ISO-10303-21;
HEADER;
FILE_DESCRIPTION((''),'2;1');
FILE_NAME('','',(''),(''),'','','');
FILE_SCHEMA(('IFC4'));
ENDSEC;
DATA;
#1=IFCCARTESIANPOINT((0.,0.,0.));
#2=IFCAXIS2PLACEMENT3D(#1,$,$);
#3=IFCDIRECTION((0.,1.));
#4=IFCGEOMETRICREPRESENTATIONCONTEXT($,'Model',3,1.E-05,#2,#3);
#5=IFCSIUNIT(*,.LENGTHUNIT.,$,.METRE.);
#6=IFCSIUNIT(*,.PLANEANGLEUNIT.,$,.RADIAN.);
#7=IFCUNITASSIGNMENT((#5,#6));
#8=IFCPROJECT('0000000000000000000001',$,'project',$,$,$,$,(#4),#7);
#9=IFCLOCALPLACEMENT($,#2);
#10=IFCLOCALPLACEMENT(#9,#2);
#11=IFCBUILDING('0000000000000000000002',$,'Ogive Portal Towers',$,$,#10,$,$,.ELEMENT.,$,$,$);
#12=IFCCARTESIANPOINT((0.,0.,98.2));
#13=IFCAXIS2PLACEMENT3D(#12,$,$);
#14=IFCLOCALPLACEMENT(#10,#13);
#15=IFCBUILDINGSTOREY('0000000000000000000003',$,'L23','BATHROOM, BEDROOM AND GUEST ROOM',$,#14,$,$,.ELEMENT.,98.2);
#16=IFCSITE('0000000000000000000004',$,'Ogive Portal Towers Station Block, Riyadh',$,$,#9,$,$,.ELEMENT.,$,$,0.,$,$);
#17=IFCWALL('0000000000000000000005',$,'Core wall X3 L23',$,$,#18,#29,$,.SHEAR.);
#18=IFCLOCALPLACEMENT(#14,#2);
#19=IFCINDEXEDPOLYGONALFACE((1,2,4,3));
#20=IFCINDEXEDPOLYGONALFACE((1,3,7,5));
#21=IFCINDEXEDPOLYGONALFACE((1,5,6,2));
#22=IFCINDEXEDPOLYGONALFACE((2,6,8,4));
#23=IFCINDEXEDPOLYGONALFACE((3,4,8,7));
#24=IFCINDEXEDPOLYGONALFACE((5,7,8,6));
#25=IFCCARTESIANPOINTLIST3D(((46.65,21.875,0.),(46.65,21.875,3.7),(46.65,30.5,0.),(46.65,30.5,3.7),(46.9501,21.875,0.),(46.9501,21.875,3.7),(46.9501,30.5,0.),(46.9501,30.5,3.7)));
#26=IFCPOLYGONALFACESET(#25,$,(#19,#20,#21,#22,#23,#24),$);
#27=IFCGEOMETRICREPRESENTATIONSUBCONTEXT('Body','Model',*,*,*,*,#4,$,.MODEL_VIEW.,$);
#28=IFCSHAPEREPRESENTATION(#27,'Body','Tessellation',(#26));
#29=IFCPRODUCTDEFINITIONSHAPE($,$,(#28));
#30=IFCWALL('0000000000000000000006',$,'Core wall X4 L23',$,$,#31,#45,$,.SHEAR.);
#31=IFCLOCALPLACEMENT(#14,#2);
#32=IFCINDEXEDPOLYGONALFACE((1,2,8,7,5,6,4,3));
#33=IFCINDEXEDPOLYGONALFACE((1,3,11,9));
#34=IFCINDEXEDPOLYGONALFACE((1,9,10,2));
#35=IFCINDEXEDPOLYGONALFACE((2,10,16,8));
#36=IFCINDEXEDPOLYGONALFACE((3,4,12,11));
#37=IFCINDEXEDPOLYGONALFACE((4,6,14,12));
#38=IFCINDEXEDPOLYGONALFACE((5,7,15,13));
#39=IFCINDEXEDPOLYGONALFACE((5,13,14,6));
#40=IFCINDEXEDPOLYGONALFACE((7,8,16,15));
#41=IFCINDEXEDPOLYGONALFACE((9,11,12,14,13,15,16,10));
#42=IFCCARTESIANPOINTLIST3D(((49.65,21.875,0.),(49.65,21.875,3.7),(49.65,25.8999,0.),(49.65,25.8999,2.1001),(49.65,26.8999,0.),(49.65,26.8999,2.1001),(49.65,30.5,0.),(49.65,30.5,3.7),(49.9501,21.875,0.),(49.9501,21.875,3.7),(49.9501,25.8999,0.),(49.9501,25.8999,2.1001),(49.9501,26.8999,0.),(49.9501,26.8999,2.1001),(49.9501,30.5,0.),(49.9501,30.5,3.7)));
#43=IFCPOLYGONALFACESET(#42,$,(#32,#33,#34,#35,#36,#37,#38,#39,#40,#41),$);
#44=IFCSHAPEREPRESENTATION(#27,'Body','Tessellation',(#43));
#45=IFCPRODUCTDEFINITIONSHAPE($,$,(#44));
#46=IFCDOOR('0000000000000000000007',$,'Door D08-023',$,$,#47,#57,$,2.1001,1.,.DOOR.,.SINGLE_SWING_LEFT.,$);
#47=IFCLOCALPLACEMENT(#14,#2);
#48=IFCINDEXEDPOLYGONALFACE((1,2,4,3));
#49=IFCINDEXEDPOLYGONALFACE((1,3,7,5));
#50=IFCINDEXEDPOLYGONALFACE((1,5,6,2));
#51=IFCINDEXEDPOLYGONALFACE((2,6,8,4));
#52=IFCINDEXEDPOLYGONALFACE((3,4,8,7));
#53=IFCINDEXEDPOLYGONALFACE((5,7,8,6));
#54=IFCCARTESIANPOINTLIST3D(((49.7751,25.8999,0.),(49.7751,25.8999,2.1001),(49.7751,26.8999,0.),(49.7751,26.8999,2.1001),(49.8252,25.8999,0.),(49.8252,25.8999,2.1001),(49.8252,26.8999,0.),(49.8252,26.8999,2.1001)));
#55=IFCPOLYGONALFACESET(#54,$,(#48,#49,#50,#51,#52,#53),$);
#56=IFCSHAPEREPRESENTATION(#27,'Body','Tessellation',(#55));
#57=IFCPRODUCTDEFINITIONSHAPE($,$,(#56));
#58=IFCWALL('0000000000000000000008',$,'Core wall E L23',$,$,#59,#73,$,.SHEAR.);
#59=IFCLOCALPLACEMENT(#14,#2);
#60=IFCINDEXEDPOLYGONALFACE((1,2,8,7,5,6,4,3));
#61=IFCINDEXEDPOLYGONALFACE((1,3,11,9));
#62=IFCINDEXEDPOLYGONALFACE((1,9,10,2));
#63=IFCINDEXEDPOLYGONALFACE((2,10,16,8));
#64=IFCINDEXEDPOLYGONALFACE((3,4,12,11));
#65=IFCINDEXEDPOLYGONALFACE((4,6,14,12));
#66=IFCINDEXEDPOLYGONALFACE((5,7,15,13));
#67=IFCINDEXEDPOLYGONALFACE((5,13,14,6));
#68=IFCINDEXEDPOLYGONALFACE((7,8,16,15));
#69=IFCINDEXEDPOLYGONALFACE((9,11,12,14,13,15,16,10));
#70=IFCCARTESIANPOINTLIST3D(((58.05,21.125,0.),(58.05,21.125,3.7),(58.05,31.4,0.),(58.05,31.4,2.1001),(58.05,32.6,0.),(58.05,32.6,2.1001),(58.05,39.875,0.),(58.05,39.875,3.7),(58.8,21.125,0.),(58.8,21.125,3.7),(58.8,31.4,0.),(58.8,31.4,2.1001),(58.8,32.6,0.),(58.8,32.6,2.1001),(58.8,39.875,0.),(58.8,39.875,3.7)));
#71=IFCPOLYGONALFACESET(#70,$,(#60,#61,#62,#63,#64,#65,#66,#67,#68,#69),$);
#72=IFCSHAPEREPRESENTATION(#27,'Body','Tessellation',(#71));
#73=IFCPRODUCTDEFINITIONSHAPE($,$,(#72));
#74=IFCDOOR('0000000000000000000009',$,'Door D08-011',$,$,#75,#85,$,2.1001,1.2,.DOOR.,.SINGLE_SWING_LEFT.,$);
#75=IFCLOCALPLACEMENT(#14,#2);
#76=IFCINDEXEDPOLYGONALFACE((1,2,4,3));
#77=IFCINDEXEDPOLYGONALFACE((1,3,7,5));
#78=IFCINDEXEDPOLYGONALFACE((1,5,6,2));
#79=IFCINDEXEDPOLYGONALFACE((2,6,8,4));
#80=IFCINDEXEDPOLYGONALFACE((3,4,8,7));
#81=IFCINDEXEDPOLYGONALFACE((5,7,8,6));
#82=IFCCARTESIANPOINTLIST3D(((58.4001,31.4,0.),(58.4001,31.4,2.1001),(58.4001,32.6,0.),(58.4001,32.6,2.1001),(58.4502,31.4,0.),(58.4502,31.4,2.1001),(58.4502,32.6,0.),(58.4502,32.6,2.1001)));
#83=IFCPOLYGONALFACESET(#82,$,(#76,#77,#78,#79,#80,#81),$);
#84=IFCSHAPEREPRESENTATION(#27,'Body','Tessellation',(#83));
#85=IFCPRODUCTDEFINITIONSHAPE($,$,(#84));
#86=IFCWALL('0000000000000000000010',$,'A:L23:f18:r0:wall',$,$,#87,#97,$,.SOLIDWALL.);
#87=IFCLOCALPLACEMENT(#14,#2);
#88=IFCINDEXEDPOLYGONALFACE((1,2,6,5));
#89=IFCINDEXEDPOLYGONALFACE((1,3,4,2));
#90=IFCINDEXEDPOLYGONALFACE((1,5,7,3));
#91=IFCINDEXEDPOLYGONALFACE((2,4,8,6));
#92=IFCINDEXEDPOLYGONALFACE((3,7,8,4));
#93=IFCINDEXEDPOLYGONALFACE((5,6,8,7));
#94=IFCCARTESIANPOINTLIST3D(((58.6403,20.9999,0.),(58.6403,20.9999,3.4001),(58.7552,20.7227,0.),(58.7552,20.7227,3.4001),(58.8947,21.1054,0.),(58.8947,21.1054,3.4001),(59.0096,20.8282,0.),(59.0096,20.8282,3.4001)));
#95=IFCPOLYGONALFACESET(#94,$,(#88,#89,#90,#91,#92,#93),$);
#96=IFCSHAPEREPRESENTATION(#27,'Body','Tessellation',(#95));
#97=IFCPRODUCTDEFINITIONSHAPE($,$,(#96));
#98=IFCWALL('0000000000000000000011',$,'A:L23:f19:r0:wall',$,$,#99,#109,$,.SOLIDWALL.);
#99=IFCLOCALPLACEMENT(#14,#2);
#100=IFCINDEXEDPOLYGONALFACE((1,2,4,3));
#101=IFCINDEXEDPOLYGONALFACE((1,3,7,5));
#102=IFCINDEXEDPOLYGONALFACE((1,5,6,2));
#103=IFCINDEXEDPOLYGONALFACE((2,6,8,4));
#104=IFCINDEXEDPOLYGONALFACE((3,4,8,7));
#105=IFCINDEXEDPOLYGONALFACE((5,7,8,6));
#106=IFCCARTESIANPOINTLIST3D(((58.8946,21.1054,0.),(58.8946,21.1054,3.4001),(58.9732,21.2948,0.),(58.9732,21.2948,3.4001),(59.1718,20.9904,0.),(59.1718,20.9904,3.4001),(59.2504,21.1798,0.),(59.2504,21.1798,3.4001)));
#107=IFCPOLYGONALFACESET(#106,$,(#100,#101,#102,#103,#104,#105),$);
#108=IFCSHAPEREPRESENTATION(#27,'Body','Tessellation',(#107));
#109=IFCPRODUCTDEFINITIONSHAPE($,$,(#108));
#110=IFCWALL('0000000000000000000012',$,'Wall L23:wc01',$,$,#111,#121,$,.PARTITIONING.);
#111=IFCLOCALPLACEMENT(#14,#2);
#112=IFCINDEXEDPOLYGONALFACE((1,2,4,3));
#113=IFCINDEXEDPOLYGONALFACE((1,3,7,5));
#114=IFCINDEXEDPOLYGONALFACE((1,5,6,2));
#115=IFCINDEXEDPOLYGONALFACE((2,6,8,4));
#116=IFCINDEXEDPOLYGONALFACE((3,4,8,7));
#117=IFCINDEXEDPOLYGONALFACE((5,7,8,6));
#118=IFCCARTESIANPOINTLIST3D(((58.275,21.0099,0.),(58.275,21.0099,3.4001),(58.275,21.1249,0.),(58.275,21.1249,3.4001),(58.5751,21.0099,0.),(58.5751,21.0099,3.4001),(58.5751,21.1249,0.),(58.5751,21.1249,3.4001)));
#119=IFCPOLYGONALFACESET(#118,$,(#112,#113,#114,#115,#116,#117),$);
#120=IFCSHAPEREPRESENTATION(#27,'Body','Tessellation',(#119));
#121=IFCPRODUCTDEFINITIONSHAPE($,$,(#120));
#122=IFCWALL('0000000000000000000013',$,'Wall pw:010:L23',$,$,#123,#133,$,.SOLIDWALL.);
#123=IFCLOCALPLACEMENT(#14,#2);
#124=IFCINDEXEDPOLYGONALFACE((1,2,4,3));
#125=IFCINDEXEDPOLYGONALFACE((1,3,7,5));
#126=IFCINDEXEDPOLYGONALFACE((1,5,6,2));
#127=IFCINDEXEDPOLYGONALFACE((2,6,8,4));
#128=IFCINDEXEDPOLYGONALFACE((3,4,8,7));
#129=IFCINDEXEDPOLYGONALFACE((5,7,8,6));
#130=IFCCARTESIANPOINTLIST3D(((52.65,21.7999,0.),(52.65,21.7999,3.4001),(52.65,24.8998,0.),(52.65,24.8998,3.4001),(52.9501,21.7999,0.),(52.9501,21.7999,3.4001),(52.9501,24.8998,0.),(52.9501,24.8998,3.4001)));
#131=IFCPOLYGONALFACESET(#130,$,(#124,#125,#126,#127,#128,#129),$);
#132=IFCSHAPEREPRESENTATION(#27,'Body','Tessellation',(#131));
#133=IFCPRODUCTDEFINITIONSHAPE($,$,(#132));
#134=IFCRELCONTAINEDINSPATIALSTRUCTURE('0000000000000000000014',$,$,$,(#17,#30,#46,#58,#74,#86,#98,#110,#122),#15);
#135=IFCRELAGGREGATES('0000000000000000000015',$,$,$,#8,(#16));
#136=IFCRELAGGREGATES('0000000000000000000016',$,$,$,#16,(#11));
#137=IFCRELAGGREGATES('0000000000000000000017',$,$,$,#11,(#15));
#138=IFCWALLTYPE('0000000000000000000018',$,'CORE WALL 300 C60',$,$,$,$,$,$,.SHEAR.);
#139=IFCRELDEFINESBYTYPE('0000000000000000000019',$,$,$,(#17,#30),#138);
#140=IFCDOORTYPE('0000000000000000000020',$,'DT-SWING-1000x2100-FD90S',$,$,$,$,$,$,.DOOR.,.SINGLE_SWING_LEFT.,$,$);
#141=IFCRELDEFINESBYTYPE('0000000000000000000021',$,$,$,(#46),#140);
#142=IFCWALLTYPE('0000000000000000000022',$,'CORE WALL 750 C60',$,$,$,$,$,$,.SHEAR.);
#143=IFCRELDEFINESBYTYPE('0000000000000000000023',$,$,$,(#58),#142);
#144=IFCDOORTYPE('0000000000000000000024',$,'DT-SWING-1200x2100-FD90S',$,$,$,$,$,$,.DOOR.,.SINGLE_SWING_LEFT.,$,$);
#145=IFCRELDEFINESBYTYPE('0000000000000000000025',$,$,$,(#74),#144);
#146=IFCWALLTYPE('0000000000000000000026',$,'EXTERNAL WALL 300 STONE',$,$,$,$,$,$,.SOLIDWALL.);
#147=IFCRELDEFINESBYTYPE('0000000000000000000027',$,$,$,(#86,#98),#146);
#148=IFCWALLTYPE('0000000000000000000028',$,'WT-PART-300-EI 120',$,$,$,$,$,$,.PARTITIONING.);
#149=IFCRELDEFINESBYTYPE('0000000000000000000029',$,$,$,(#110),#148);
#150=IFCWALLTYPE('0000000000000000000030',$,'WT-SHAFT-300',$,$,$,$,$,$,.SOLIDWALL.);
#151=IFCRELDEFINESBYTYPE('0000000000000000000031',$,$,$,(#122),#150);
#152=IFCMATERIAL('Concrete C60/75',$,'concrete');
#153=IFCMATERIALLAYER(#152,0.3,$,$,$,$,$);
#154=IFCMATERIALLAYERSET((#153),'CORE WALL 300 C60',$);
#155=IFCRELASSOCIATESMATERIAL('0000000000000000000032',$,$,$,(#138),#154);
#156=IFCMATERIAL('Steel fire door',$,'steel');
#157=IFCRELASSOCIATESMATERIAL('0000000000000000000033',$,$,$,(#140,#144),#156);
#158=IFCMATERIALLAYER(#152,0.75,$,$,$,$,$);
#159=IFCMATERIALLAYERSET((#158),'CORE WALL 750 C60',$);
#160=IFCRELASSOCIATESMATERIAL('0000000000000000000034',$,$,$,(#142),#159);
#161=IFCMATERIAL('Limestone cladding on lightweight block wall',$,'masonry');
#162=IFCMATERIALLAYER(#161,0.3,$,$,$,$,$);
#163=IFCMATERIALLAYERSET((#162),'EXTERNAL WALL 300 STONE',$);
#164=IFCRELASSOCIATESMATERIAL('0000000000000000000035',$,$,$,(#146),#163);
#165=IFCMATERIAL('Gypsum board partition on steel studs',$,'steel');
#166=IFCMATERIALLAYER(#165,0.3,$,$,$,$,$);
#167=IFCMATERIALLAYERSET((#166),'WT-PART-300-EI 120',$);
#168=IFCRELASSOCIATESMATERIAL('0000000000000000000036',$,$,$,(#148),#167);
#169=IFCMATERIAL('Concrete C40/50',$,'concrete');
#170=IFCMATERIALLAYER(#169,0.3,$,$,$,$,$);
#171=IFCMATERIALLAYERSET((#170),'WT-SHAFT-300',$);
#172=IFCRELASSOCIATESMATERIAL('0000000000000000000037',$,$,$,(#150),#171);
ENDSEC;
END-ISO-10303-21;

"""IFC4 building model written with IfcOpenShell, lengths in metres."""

from ifc_helpers import new_model, si_unit, direction, frame, frame_2d, origin, place, context, subcontext, project, spatial, rectangle, extrude, material, layer, layer_set, type_object, element, fill, save


model = new_model("IFC4")

# Units and contexts
model_context = context("Model", 3, precision=1e-05, world=origin(), true_north=direction((0.0, 1.0)))
body_context = subcontext(model_context, "Body", "Model", "MODEL_VIEW")
ifc_project = project(units=[si_unit("LENGTHUNIT", "METRE"), si_unit("PLANEANGLEUNIT", "RADIAN")], contexts=[model_context])

# Site, building, storey
site_placement = place(None, origin())
site = spatial("IfcSite", under=ifc_project, at=site_placement, Name="Ogive Portal Towers Station Block, Riyadh", CompositionType="ELEMENT", RefElevation=0.0)
building_placement = place(site_placement, origin())
building = spatial("IfcBuilding", under=site, at=building_placement, Name="Ogive Portal Towers", CompositionType="ELEMENT")
storey_placement = place(building_placement, frame((0.0, 0.0, 98.2)))
storey = spatial("IfcBuildingStorey", under=building, at=storey_placement, Name="L23", Description="BATHROOM, BEDROOM AND GUEST ROOM", CompositionType="ELEMENT", Elevation=98.2)

# Wall
ifc_material_1 = material(Name="Concrete C60/75", Category="concrete")
ifc_layer_1 = layer(ifc_material_1, 0.3)
ifc_layer_set_1 = layer_set([ifc_layer_1], Name="CORE WALL 300 C60")
wall_type_1 = type_object("IfcWallType", Name="CORE WALL 300 C60", PredefinedType="SHEAR", material=ifc_layer_set_1)
wall_1_placement = place(storey_placement, frame((46.8, 21.875, 0.0), z_axis=(0.0, 0.0, 1.0), x_axis=(0.0, 1.0, 0.0)))
element("IfcWall", 1, at=wall_1_placement, inside=storey, type_object=wall_type_1, Name="Core wall X3 L23", PredefinedType="SHEAR", context=body_context, shape_type="SweptSolid", body=[
    extrude(rectangle(XDim=8.625, YDim=0.3, at=frame_2d((4.3125, 0.0))), origin(), (0.0, 0.0, 1.0), 3.7),
])

# Walls, openings, doors
wall_2_placement = place(storey_placement, frame((49.8, 21.875, 0.0), z_axis=(0.0, 0.0, 1.0), x_axis=(0.0, 1.0, 0.0)))
wall_2 = element("IfcWall", 2, at=wall_2_placement, inside=storey, type_object=wall_type_1, Name="Core wall X4 L23", PredefinedType="SHEAR", context=body_context, shape_type="SweptSolid", body=[
    extrude(rectangle(XDim=8.625, YDim=0.3, at=frame_2d((4.3125, 0.0))), origin(), (0.0, 0.0, 1.0), 3.7),
])
opening_1_placement = place(wall_2_placement, frame((4.0249, 0.0, 0.0)))
opening_1 = element("IfcOpeningElement", 3, at=opening_1_placement, cuts=wall_2, PredefinedType="OPENING", context=body_context, shape_type="SweptSolid", body=[
    extrude(rectangle(XDim=1.0, YDim=2.1001, at=frame_2d((0.5, 1.05))), frame((0.0, 0.1602, 0.0), z_axis=(0.0, -1.0, 0.0), x_axis=(1.0, 0.0, 0.0)), (0.0, 0.0, 1.0), 0.3201),
])
ifc_material_2 = material(Name="Steel fire door", Category="steel")
door_type_1 = type_object("IfcDoorType", Name="DT-SWING-1000x2100-FD90S", OperationType="SINGLE_SWING_LEFT", PredefinedType="DOOR", material=ifc_material_2)
door_1_placement = place(opening_1_placement, origin())
door_1 = element("IfcDoor", 4, at=door_1_placement, inside=storey, type_object=door_type_1, Name="Door D08-023", OperationType="SINGLE_SWING_LEFT", OverallHeight=2.1001, OverallWidth=1.0, PredefinedType="DOOR", context=body_context, shape_type="SweptSolid", body=[
    extrude(rectangle(XDim=1.0, YDim=2.1001, at=frame_2d((0.5, 1.05))), frame((0.0, 0.0249, 0.0), z_axis=(0.0, -1.0, 0.0), x_axis=(1.0, 0.0, 0.0)), (0.0, 0.0, 1.0), 0.05),
])
fill(opening_1, door_1)
ifc_layer_2 = layer(ifc_material_1, 0.75)
ifc_layer_set_2 = layer_set([ifc_layer_2], Name="CORE WALL 750 C60")
wall_type_2 = type_object("IfcWallType", Name="CORE WALL 750 C60", PredefinedType="SHEAR", material=ifc_layer_set_2)
wall_3_placement = place(storey_placement, frame((58.425, 21.125, 0.0), z_axis=(0.0, 0.0, 1.0), x_axis=(0.0, 1.0, 0.0)))
wall_3 = element("IfcWall", 5, at=wall_3_placement, inside=storey, type_object=wall_type_2, Name="Core wall E L23", PredefinedType="SHEAR", context=body_context, shape_type="SweptSolid", body=[
    extrude(rectangle(XDim=18.75, YDim=0.75, at=frame_2d((9.375, 0.0))), origin(), (0.0, 0.0, 1.0), 3.7),
])
opening_2_placement = place(wall_3_placement, frame((10.2749, 0.0, 0.0)))
opening_2 = element("IfcOpeningElement", 6, at=opening_2_placement, cuts=wall_3, PredefinedType="OPENING", context=body_context, shape_type="SweptSolid", body=[
    extrude(rectangle(XDim=1.2, YDim=2.1001, at=frame_2d((0.6001, 1.05))), frame((0.0, 0.385, 0.0), z_axis=(0.0, -1.0, 0.0), x_axis=(1.0, 0.0, 0.0)), (0.0, 0.0, 1.0), 0.77),
])
door_type_2 = type_object("IfcDoorType", Name="DT-SWING-1200x2100-FD90S", OperationType="SINGLE_SWING_LEFT", PredefinedType="DOOR", material=ifc_material_2)
door_2_placement = place(opening_2_placement, origin())
door_2 = element("IfcDoor", 7, at=door_2_placement, inside=storey, type_object=door_type_2, Name="Door D08-011", OperationType="SINGLE_SWING_LEFT", OverallHeight=2.1001, OverallWidth=1.2, PredefinedType="DOOR", context=body_context, shape_type="SweptSolid", body=[
    extrude(rectangle(XDim=1.2, YDim=2.1001, at=frame_2d((0.6001, 1.05))), frame((0.0, 0.0249, 0.0), z_axis=(0.0, -1.0, 0.0), x_axis=(1.0, 0.0, 0.0)), (0.0, 0.0, 1.0), 0.05),
])
fill(opening_2, door_2)

# Walls
ifc_material_3 = material(Name="Limestone cladding on lightweight block wall", Category="masonry")
ifc_layer_3 = layer(ifc_material_3, 0.3)
ifc_layer_set_3 = layer_set([ifc_layer_3], Name="EXTERNAL WALL 300 STONE")
wall_type_3 = type_object("IfcWallType", Name="EXTERNAL WALL 300 STONE", PredefinedType="SOLIDWALL", material=ifc_layer_set_3)
wall_4_placement = place(storey_placement, frame((58.6978, 20.8613, 0.0), z_axis=(0.0, 0.0, 1.0), x_axis=(0.923757, 0.382978, 0.0)))
element("IfcWall", 8, at=wall_4_placement, inside=storey, type_object=wall_type_3, Name="A:L23:f18:r0:wall", PredefinedType="SOLIDWALL", context=body_context, shape_type="SweptSolid", body=[
    extrude(rectangle(XDim=0.2754, YDim=0.3, at=frame_2d((0.1377, 0.0))), origin(), (0.0, 0.0, 1.0), 3.4001),
])
wall_5_placement = place(storey_placement, frame((59.0332, 21.0479, 0.0), z_axis=(0.0, 0.0, 1.0), x_axis=(0.383263, 0.923639, 0.0)))
element("IfcWall", 9, at=wall_5_placement, inside=storey, type_object=wall_type_3, Name="A:L23:f19:r0:wall", PredefinedType="SOLIDWALL", context=body_context, shape_type="SweptSolid", body=[
    extrude(rectangle(XDim=0.2051, YDim=0.3, at=frame_2d((0.1025, 0.0))), origin(), (0.0, 0.0, 1.0), 3.4001),
])
ifc_material_4 = material(Name="Gypsum board partition on steel studs", Category="steel")
ifc_layer_4 = layer(ifc_material_4, 0.3)
ifc_layer_set_4 = layer_set([ifc_layer_4], Name="WT-PART-300-EI 120")
wall_type_4 = type_object("IfcWallType", Name="WT-PART-300-EI 120", PredefinedType="PARTITIONING", material=ifc_layer_set_4)
wall_6_placement = place(storey_placement, frame((58.425, 21.125, 0.0), z_axis=(0.0, 0.0, 1.0), x_axis=(0.0, -1.0, 0.0)))
element("IfcWall", 10, at=wall_6_placement, inside=storey, type_object=wall_type_4, Name="Wall L23:wc01", PredefinedType="PARTITIONING", context=body_context, shape_type="SweptSolid", body=[
    extrude(rectangle(XDim=0.115, YDim=0.3, at=frame_2d((0.0576, 0.0))), origin(), (0.0, 0.0, 1.0), 3.4001),
])
ifc_material_5 = material(Name="Concrete C40/50", Category="concrete")
ifc_layer_5 = layer(ifc_material_5, 0.3)
ifc_layer_set_5 = layer_set([ifc_layer_5], Name="WT-SHAFT-300")
wall_type_5 = type_object("IfcWallType", Name="WT-SHAFT-300", PredefinedType="SOLIDWALL", material=ifc_layer_set_5)
wall_7_placement = place(storey_placement, frame((52.8, 21.8, 0.0), z_axis=(0.0, 0.0, 1.0), x_axis=(0.0, 1.0, 0.0)))
element("IfcWall", 11, at=wall_7_placement, inside=storey, type_object=wall_type_5, Name="Wall pw:010:L23", PredefinedType="SOLIDWALL", context=body_context, shape_type="SweptSolid", body=[
    extrude(rectangle(XDim=3.0999, YDim=0.3, at=frame_2d((1.5498, 0.0))), origin(), (0.0, 0.0, 1.0), 3.4001),
])

save(model, "model.ifc")
